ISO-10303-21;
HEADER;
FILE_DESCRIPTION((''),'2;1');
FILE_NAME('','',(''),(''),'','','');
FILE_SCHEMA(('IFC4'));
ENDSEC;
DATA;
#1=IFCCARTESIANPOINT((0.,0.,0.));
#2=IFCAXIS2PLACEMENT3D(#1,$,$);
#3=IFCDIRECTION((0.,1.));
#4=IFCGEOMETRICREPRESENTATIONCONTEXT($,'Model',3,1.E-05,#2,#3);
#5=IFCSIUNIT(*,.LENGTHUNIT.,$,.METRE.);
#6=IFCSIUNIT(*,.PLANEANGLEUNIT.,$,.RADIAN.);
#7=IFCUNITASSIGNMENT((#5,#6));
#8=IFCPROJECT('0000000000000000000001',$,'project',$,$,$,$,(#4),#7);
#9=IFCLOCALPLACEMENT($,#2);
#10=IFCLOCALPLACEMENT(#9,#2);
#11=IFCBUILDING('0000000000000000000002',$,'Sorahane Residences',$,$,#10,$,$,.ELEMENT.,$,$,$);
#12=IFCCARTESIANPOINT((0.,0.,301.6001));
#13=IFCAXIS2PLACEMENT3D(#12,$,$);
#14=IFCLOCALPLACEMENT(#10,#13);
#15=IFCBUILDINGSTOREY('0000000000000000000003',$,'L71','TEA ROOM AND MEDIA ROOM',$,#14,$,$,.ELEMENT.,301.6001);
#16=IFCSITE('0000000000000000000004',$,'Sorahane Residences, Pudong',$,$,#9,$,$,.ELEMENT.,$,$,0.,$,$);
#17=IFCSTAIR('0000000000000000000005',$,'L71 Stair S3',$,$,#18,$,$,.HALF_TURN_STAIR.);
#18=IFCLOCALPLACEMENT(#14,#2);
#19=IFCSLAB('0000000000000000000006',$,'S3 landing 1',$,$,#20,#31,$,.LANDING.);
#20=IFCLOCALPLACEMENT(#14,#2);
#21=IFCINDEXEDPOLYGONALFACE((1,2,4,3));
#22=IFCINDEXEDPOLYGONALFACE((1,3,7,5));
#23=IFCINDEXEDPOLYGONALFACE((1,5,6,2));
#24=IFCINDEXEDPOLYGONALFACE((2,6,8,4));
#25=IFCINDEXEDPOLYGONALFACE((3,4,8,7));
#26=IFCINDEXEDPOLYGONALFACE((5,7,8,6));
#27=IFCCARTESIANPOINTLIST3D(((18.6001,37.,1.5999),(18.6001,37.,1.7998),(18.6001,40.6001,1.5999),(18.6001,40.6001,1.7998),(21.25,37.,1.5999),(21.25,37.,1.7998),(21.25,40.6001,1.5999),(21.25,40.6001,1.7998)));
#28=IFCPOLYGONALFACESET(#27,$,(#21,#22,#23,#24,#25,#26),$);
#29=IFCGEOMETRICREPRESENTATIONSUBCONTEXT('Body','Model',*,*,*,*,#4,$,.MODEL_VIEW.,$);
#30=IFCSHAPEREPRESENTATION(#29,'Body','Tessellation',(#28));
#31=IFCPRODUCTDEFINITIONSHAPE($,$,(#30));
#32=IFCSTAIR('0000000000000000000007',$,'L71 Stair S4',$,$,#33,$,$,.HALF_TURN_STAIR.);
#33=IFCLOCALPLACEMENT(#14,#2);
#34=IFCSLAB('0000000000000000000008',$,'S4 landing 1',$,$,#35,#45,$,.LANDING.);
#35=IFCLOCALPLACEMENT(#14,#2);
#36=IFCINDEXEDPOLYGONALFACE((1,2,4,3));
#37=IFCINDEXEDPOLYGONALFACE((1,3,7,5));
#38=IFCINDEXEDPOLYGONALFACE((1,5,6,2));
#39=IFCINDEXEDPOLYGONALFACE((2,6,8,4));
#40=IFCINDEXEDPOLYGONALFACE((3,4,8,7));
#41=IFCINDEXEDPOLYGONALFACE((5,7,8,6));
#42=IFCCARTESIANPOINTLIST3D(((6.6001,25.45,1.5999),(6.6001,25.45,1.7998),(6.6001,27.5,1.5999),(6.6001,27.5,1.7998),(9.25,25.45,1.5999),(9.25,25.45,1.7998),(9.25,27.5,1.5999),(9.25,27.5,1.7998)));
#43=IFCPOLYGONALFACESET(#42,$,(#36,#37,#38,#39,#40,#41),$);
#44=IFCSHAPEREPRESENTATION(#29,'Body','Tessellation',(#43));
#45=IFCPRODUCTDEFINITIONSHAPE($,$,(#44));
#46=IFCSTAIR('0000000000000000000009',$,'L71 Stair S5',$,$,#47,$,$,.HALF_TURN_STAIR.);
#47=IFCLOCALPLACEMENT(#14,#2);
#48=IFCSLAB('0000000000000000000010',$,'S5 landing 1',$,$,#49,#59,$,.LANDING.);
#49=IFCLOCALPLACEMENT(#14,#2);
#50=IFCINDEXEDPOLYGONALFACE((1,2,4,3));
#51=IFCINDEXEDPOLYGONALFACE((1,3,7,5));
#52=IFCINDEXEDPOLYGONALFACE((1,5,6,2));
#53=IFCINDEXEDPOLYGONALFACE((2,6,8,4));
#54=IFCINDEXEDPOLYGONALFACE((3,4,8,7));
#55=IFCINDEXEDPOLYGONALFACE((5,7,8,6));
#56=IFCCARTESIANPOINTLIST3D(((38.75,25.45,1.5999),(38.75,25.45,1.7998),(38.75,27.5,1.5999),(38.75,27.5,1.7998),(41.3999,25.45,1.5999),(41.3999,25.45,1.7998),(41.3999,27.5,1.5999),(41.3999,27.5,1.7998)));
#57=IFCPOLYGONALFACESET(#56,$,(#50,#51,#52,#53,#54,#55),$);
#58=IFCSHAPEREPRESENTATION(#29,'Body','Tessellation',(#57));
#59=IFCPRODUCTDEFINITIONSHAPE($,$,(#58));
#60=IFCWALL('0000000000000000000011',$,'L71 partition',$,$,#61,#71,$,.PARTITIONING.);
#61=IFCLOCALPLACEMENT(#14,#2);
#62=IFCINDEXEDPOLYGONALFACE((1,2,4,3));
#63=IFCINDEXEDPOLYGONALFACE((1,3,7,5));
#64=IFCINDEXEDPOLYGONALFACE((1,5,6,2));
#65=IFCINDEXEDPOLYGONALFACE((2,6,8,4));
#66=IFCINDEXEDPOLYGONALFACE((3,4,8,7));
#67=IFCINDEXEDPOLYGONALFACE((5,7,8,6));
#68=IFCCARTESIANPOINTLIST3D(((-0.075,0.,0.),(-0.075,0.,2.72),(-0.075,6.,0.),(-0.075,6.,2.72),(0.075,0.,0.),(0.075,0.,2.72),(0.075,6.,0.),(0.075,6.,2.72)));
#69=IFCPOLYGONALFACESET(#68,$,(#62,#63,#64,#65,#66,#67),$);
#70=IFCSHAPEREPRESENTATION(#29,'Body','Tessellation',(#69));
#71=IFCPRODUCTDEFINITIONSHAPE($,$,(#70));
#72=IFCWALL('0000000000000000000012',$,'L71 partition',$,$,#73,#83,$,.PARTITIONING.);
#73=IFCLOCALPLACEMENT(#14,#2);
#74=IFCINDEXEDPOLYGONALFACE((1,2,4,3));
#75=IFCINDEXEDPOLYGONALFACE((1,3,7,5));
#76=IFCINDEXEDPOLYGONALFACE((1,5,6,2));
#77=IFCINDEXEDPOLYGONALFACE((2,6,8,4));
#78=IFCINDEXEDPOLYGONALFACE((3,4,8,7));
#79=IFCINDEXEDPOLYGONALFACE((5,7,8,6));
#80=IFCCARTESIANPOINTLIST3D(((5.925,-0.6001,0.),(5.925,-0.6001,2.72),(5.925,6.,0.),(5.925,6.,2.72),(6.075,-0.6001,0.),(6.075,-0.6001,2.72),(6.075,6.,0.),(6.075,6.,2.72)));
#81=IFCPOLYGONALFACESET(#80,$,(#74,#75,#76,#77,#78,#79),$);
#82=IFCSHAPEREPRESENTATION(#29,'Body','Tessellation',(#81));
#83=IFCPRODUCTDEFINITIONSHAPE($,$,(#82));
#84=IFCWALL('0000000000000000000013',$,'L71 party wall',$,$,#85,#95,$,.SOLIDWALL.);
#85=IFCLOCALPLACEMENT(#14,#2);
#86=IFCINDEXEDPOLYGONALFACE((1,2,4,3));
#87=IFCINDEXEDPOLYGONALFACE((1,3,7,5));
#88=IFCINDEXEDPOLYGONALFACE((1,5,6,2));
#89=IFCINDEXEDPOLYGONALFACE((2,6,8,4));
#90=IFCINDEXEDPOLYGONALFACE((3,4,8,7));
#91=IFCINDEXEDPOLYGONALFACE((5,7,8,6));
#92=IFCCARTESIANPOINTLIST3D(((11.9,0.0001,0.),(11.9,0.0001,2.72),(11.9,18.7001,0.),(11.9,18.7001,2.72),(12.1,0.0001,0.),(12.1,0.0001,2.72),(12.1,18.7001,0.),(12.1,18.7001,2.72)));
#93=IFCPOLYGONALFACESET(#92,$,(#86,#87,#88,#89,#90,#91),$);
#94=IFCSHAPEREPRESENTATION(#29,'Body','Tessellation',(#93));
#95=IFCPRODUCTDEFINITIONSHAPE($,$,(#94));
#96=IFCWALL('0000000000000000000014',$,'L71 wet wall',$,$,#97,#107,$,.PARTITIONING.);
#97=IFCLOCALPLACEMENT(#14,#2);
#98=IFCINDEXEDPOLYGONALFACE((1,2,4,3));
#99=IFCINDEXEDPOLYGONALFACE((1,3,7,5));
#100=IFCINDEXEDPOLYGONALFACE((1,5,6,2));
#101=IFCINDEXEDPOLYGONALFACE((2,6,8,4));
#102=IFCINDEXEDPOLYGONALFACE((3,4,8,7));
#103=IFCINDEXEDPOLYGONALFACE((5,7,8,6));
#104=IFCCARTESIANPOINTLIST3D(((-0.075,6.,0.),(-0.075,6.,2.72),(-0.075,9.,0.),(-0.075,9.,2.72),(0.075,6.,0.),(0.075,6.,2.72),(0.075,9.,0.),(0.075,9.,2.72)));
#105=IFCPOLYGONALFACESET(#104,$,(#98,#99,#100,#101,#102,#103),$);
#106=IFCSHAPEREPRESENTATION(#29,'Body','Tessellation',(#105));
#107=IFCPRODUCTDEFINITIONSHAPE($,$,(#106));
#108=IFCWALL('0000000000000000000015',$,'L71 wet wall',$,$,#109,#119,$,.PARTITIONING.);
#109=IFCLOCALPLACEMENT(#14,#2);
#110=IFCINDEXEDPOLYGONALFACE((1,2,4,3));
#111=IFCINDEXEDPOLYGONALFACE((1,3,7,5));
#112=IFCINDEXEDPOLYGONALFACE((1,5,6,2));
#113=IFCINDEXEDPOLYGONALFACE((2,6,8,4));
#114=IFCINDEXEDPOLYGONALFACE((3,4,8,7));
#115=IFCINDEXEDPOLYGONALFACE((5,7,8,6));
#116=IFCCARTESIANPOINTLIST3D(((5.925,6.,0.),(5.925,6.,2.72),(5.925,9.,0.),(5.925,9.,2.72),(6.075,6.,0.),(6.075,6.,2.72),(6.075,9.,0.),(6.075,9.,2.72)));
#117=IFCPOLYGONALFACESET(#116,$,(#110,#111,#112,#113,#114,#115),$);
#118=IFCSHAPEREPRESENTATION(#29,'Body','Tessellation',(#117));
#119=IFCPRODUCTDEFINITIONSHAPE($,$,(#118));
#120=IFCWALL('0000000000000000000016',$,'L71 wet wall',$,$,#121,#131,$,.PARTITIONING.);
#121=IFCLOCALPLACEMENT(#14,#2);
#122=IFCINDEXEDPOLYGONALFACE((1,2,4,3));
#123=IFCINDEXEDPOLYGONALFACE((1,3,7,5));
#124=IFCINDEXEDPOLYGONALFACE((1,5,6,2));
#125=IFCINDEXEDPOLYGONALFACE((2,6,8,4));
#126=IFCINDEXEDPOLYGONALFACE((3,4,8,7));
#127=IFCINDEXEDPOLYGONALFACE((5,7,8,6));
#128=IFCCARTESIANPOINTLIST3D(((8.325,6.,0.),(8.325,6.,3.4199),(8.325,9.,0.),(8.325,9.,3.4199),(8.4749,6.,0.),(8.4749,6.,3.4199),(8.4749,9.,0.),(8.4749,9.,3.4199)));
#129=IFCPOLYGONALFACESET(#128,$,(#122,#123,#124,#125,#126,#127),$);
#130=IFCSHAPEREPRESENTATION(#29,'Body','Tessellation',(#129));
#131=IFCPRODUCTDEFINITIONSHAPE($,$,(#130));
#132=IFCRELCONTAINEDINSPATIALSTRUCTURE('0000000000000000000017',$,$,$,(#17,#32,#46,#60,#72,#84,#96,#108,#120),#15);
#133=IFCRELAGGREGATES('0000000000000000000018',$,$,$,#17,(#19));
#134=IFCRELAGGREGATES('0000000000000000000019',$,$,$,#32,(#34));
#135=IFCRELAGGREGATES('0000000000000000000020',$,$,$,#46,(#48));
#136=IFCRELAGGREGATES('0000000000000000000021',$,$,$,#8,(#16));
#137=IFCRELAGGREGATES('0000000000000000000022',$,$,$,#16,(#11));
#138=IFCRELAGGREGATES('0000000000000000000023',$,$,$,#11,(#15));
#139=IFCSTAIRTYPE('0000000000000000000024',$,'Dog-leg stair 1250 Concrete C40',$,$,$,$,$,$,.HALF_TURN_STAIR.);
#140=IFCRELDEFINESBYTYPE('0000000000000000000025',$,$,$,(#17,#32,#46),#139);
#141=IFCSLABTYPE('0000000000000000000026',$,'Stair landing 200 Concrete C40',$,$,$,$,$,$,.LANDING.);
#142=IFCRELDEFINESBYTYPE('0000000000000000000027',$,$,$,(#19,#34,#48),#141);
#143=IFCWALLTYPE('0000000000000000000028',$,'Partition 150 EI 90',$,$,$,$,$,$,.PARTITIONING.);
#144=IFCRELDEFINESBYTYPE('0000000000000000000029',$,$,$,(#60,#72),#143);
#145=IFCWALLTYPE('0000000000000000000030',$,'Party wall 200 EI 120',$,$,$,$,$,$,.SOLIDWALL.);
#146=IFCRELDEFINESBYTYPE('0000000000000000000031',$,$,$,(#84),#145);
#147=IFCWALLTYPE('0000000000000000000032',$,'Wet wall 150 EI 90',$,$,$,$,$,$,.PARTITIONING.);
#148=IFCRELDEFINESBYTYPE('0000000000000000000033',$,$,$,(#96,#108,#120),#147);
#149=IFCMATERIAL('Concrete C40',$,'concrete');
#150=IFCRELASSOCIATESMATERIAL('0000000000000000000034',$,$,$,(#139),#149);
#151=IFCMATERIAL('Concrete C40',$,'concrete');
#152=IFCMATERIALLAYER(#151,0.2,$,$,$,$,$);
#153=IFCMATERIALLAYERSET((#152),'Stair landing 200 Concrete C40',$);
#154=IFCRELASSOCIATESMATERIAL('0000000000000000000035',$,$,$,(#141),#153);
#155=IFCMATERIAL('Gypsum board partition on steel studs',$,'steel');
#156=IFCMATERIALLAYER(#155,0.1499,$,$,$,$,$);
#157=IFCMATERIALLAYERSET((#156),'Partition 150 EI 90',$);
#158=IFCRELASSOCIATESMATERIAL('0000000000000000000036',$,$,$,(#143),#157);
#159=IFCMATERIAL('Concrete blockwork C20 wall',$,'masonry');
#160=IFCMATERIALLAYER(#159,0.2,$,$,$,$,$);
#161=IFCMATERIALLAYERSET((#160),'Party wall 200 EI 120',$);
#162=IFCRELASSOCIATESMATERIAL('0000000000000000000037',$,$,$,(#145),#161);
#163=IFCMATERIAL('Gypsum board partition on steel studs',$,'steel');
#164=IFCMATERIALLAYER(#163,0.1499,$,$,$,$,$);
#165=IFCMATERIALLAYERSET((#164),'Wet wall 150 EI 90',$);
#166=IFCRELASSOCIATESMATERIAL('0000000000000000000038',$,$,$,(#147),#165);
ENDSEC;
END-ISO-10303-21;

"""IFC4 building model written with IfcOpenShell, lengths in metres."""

from ifc_helpers import new_model, si_unit, direction, frame, frame_2d, origin, place, context, subcontext, project, spatial, polyline, rectangle, outline, extrude, material, layer, layer_set, type_object, element, aggregate, save


model = new_model("IFC4")

# Units and contexts
model_context = context("Model", 3, precision=1e-05, world=origin(), true_north=direction((0.0, 1.0)))
body_context = subcontext(model_context, "Body", "Model", "MODEL_VIEW")
ifc_project = project(units=[si_unit("LENGTHUNIT", "METRE"), si_unit("PLANEANGLEUNIT", "RADIAN")], contexts=[model_context])

# Site, building, storey
site_placement = place(None, origin())
site = spatial("IfcSite", under=ifc_project, at=site_placement, Name="Sorahane Residences, Pudong", CompositionType="ELEMENT", RefElevation=0.0)
building_placement = place(site_placement, origin())
building = spatial("IfcBuilding", under=site, at=building_placement, Name="Sorahane Residences", CompositionType="ELEMENT")
storey_placement = place(building_placement, frame((0.0, 0.0, 301.6001)))
storey = spatial("IfcBuildingStorey", under=building, at=storey_placement, Name="L71", Description="TEA ROOM AND MEDIA ROOM", CompositionType="ELEMENT", Elevation=301.6001)

# Stairs, slabs
ifc_material_1 = material(Name="Concrete C40", Category="concrete")
stair_type = type_object("IfcStairType", Name="Dog-leg stair 1250 Concrete C40", PredefinedType="HALF_TURN_STAIR", material=ifc_material_1)
ifc_material_2 = material(Name="Concrete C40", Category="concrete")
ifc_layer_1 = layer(ifc_material_2, 0.2)
ifc_layer_set_1 = layer_set([ifc_layer_1], Name="Stair landing 200 Concrete C40")
slab_type_1 = type_object("IfcSlabType", Name="Stair landing 200 Concrete C40", PredefinedType="LANDING", material=ifc_layer_set_1)
stair_1_placement = place(storey_placement, origin())
stair_1 = element("IfcStair", 1, at=stair_1_placement, inside=storey, type_object=stair_type, Name="L71 Stair S3", PredefinedType="HALF_TURN_STAIR")
slab_1_placement = place(storey_placement, frame((0.0, 0.0, 1.5999)))
slab_1 = element("IfcSlab", 2, at=slab_1_placement, type_object=slab_type_1, Name="S3 landing 1", PredefinedType="LANDING", context=body_context, shape_type="SweptSolid", body=[
    extrude(outline(polyline([(18.6001, 40.6001), (18.6001, 37.0), (21.25, 37.0), (21.25, 40.6001), (18.6001, 40.6001)])), origin(), (0.0, 0.0, 1.0), 0.2),
])
aggregate(stair_1, [slab_1])
stair_2_placement = place(storey_placement, origin())
stair_2 = element("IfcStair", 3, at=stair_2_placement, inside=storey, type_object=stair_type, Name="L71 Stair S4", PredefinedType="HALF_TURN_STAIR")
slab_2_placement = place(storey_placement, frame((0.0, 0.0, 1.5999)))
slab_2 = element("IfcSlab", 4, at=slab_2_placement, type_object=slab_type_1, Name="S4 landing 1", PredefinedType="LANDING", context=body_context, shape_type="SweptSolid", body=[
    extrude(outline(polyline([(9.25, 25.45), (9.25, 27.5), (6.6001, 27.5), (6.6001, 25.45), (9.25, 25.45)])), origin(), (0.0, 0.0, 1.0), 0.2),
])
aggregate(stair_2, [slab_2])
stair_3_placement = place(storey_placement, origin())
stair_3 = element("IfcStair", 5, at=stair_3_placement, inside=storey, type_object=stair_type, Name="L71 Stair S5", PredefinedType="HALF_TURN_STAIR")
slab_3_placement = place(storey_placement, frame((0.0, 0.0, 1.5999)))
slab_3 = element("IfcSlab", 6, at=slab_3_placement, type_object=slab_type_1, Name="S5 landing 1", PredefinedType="LANDING", context=body_context, shape_type="SweptSolid", body=[
    extrude(outline(polyline([(41.3999, 25.45), (41.3999, 27.5), (38.75, 27.5), (38.75, 25.45), (41.3999, 25.45)])), origin(), (0.0, 0.0, 1.0), 0.2),
])
aggregate(stair_3, [slab_3])

# Walls
ifc_material_3 = material(Name="Gypsum board partition on steel studs", Category="steel")
ifc_layer_2 = layer(ifc_material_3, 0.1499)
ifc_layer_set_2 = layer_set([ifc_layer_2], Name="Partition 150 EI 90")
wall_type_1 = type_object("IfcWallType", Name="Partition 150 EI 90", PredefinedType="PARTITIONING", material=ifc_layer_set_2)
wall_1_placement = place(storey_placement, frame((0.0, 0.0, 0.0), z_axis=(0.0, 0.0, 1.0), x_axis=(0.0, 1.0, 0.0)))
element("IfcWall", 7, at=wall_1_placement, inside=storey, type_object=wall_type_1, Name="L71 partition", PredefinedType="PARTITIONING", context=body_context, shape_type="SweptSolid", body=[
    extrude(rectangle(XDim=6.0, YDim=0.1499, at=frame_2d((3.0, 0.0))), origin(), (0.0, 0.0, 1.0), 2.72),
])
wall_2_placement = place(storey_placement, frame((6.0, -0.6001, 0.0), z_axis=(0.0, 0.0, 1.0), x_axis=(0.0, 1.0, 0.0)))
element("IfcWall", 8, at=wall_2_placement, inside=storey, type_object=wall_type_1, Name="L71 partition", PredefinedType="PARTITIONING", context=body_context, shape_type="SweptSolid", body=[
    extrude(rectangle(XDim=6.6001, YDim=0.1499, at=frame_2d((3.3, 0.0))), origin(), (0.0, 0.0, 1.0), 2.72),
])
ifc_material_4 = material(Name="Concrete blockwork C20 wall", Category="masonry")
ifc_layer_3 = layer(ifc_material_4, 0.2)
ifc_layer_set_3 = layer_set([ifc_layer_3], Name="Party wall 200 EI 120")
wall_type_2 = type_object("IfcWallType", Name="Party wall 200 EI 120", PredefinedType="SOLIDWALL", material=ifc_layer_set_3)
wall_3_placement = place(storey_placement, frame((12.0, 0.0, 0.0), z_axis=(0.0, 0.0, 1.0), x_axis=(0.0, 1.0, 0.0)))
element("IfcWall", 9, at=wall_3_placement, inside=storey, type_object=wall_type_2, Name="L71 party wall", PredefinedType="SOLIDWALL", context=body_context, shape_type="SweptSolid", body=[
    extrude(rectangle(XDim=18.7, YDim=0.2, at=frame_2d((9.3501, 0.0))), origin(), (0.0, 0.0, 1.0), 2.72),
])
ifc_material_5 = material(Name="Gypsum board partition on steel studs", Category="steel")
ifc_layer_4 = layer(ifc_material_5, 0.1499)
ifc_layer_set_4 = layer_set([ifc_layer_4], Name="Wet wall 150 EI 90")
wall_type_3 = type_object("IfcWallType", Name="Wet wall 150 EI 90", PredefinedType="PARTITIONING", material=ifc_layer_set_4)
for number, where, z_axis, x_axis, name in (
    (10, (0.0, 6.0, 0.0), (0.0, 0.0, 1.0), (0.0, 1.0, 0.0), "L71 wet wall"),
    (11, (6.0, 6.0, 0.0), (0.0, 0.0, 1.0), (0.0, 1.0, 0.0), "L71 wet wall"),
):
    element("IfcWall", number, at=place(storey_placement, frame(where, z_axis=z_axis, x_axis=x_axis)), inside=storey, type_object=wall_type_3, Name=name, PredefinedType="PARTITIONING", context=body_context, shape_type="SweptSolid", body=[
        extrude(rectangle(XDim=3.0, YDim=0.1499, at=frame_2d((1.5, 0.0))), origin(), (0.0, 0.0, 1.0), 2.72),
    ])
wall_4_placement = place(storey_placement, frame((8.3999, 6.0, 0.0), z_axis=(0.0, 0.0, 1.0), x_axis=(0.0, 1.0, 0.0)))
element("IfcWall", 12, at=wall_4_placement, inside=storey, type_object=wall_type_3, Name="L71 wet wall", PredefinedType="PARTITIONING", context=body_context, shape_type="SweptSolid", body=[
    extrude(rectangle(XDim=3.0, YDim=0.1499, at=frame_2d((1.5, 0.0))), origin(), (0.0, 0.0, 1.0), 3.4199),
])

save(model, "model.ifc")
